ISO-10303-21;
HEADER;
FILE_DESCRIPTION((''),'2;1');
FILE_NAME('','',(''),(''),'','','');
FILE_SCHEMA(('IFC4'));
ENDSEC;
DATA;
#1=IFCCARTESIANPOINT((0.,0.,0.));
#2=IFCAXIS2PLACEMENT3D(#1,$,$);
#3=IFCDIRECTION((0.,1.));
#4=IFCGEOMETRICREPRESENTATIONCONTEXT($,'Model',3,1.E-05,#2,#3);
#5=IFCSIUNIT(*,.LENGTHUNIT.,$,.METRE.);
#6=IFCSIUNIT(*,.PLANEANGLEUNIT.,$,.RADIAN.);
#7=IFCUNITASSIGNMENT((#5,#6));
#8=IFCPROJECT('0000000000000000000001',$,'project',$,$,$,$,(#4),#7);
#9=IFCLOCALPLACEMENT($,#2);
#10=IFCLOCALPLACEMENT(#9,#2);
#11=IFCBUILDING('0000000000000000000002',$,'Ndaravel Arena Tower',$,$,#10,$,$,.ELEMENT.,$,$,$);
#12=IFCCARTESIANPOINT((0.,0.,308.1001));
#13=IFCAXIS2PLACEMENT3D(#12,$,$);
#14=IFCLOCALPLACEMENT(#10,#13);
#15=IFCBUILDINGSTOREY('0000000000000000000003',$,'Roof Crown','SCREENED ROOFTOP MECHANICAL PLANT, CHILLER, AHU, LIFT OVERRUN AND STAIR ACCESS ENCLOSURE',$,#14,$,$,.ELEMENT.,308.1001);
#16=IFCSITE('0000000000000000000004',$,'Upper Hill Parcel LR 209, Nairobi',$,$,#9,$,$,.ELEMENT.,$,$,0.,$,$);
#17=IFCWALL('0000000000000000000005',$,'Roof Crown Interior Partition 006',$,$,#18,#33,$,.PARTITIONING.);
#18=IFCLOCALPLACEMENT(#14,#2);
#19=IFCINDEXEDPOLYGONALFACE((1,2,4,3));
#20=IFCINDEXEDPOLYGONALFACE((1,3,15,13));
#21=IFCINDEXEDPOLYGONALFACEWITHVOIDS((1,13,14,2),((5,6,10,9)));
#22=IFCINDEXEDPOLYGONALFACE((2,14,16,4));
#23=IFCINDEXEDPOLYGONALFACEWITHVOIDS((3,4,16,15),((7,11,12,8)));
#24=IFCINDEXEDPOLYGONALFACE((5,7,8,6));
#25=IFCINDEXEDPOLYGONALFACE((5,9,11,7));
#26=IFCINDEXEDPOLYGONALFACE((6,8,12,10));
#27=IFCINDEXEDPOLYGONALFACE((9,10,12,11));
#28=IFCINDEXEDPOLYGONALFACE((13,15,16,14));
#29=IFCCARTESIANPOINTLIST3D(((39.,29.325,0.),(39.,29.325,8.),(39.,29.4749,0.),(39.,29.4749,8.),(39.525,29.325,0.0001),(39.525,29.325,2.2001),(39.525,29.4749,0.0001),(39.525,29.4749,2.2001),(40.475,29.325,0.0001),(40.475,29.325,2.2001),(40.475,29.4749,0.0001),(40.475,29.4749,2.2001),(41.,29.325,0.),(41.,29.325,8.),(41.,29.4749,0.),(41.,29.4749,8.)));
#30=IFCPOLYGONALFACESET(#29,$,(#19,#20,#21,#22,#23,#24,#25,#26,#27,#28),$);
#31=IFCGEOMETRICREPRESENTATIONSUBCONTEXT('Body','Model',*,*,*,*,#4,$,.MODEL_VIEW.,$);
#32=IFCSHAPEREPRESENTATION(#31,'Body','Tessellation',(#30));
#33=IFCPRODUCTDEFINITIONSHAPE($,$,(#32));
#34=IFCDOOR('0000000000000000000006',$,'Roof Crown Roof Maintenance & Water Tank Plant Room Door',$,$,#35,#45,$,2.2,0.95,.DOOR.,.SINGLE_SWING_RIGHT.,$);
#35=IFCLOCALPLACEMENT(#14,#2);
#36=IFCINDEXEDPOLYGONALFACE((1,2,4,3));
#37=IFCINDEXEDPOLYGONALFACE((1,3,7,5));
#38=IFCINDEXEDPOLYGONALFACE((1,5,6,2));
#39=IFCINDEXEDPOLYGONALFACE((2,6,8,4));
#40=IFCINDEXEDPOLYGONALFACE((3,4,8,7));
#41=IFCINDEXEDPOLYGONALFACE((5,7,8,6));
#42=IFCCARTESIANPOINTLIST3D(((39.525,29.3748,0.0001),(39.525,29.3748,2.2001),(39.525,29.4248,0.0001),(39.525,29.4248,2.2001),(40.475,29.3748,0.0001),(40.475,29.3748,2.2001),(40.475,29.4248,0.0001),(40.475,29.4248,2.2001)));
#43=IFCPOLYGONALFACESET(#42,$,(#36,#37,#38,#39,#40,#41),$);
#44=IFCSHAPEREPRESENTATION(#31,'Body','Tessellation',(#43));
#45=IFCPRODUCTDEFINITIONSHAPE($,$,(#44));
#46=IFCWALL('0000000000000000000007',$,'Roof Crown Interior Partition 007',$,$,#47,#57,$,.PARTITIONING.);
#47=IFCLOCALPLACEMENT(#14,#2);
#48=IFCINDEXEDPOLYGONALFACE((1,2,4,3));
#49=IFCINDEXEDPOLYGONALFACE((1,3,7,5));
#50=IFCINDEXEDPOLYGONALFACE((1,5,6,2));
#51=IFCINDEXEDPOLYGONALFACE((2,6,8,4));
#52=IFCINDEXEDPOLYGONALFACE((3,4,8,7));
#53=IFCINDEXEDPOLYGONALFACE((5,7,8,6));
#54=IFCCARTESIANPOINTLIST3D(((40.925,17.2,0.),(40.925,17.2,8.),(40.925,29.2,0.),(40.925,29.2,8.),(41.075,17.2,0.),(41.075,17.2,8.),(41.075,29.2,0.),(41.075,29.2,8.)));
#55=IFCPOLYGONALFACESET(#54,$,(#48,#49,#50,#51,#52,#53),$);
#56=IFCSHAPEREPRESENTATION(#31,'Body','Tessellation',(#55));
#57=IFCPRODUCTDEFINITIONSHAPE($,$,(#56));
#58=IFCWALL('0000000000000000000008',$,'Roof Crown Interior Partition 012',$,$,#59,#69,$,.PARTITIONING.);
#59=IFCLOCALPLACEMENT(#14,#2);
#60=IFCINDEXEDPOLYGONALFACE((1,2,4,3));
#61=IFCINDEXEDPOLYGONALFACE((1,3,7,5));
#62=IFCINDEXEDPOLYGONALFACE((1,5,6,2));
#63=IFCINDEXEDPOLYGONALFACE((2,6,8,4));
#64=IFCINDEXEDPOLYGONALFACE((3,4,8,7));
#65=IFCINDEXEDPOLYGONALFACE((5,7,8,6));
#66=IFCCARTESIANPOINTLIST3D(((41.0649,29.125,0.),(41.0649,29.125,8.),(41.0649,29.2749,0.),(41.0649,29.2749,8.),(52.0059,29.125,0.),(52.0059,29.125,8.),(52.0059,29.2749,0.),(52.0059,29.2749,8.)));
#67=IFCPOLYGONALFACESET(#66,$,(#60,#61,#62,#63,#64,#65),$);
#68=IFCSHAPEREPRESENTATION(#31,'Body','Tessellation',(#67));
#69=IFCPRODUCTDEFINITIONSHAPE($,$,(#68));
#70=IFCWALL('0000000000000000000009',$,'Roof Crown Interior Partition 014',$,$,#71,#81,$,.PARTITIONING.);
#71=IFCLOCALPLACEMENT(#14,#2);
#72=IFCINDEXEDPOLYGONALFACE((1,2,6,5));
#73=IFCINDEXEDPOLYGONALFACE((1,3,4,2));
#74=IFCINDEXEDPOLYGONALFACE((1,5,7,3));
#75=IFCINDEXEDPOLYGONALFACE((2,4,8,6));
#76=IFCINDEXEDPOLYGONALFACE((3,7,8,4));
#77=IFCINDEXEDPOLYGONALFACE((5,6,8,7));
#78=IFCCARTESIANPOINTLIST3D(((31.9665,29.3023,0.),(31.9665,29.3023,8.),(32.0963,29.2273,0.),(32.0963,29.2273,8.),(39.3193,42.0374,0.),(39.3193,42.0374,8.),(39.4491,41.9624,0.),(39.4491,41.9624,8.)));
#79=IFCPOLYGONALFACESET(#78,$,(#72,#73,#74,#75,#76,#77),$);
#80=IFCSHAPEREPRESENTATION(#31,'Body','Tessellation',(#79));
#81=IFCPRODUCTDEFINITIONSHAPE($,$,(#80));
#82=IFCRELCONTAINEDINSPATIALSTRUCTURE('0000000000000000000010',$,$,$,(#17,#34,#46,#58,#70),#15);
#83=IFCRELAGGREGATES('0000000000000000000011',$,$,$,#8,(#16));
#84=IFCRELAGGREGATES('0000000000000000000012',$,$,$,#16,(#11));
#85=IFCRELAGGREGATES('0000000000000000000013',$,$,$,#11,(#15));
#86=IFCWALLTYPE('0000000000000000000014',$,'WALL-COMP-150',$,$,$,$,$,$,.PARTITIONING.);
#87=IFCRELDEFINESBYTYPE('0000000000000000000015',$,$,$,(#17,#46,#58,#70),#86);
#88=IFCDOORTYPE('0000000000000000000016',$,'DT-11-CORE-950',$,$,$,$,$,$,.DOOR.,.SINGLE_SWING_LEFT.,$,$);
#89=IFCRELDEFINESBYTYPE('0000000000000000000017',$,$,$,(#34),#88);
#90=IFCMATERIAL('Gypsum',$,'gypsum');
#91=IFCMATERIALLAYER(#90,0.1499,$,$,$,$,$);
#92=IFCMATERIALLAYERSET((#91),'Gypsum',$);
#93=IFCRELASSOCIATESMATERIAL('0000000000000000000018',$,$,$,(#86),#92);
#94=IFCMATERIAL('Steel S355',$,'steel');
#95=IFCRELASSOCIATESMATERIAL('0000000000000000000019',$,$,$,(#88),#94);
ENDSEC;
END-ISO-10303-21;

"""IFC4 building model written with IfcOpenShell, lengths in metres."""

from ifc_helpers import new_model, si_unit, direction, frame, frame_2d, origin, place, context, subcontext, project, spatial, rectangle, extrude, material, layer, layer_set, type_object, element, fill, save


model = new_model("IFC4")

# Units and contexts
model_context = context("Model", 3, precision=1e-05, world=origin(), true_north=direction((0.0, 1.0)))
body_context = subcontext(model_context, "Body", "Model", "MODEL_VIEW")
ifc_project = project(units=[si_unit("LENGTHUNIT", "METRE"), si_unit("PLANEANGLEUNIT", "RADIAN")], contexts=[model_context])

# Site, building, storey
site_placement = place(None, origin())
site = spatial("IfcSite", under=ifc_project, at=site_placement, Name="Upper Hill Parcel LR 209, Nairobi", CompositionType="ELEMENT", RefElevation=0.0)
building_placement = place(site_placement, origin())
building = spatial("IfcBuilding", under=site, at=building_placement, Name="Ndaravel Arena Tower", CompositionType="ELEMENT")
storey_placement = place(building_placement, frame((0.0, 0.0, 308.1001)))
storey = spatial("IfcBuildingStorey", under=building, at=storey_placement, Name="Roof Crown", Description="SCREENED ROOFTOP MECHANICAL PLANT, CHILLER, AHU, LIFT OVERRUN AND STAIR ACCESS ENCLOSURE", CompositionType="ELEMENT", Elevation=308.1001)

# Wall, opening, door
ifc_material_1 = material(Name="Gypsum", Category="gypsum")
ifc_layer_1 = layer(ifc_material_1, 0.1499)
ifc_layer_set_1 = layer_set([ifc_layer_1], Name="Gypsum")
wall_type = type_object("IfcWallType", Name="WALL-COMP-150", PredefinedType="PARTITIONING", material=ifc_layer_set_1)
wall_1_placement = place(storey_placement, frame((39.0, 29.3999, 0.0), z_axis=(0.0, 0.0, 1.0), x_axis=(1.0, 0.0, 0.0)))
wall_1 = element("IfcWall", 1, at=wall_1_placement, inside=storey, type_object=wall_type, Name="Roof Crown Interior Partition 006", PredefinedType="PARTITIONING", context=body_context, shape_type="SweptSolid", body=[
    extrude(rectangle(XDim=2.0, YDim=0.1499, at=frame_2d((1.0, 0.0))), origin(), (0.0, 0.0, 1.0), 8.0),
])
opening_placement = place(wall_1_placement, frame((0.5249, 0.0, 0.0)))
opening = element("IfcOpeningElement", 2, at=opening_placement, cuts=wall_1, PredefinedType="OPENING", context=body_context, shape_type="SweptSolid", body=[
    extrude(rectangle(XDim=0.95, YDim=2.2, at=frame_2d((0.4751, 1.1001))), frame((0.0, 0.075, 0.0), z_axis=(0.0, -1.0, 0.0), x_axis=(1.0, 0.0, 0.0)), (0.0, 0.0, 1.0), 0.1499),
])
ifc_material_2 = material(Name="Steel S355", Category="steel")
door_type = type_object("IfcDoorType", Name="DT-11-CORE-950", OperationType="SINGLE_SWING_LEFT", PredefinedType="DOOR", material=ifc_material_2)
door_placement = place(opening_placement, origin())
door = element("IfcDoor", 3, at=door_placement, inside=storey, type_object=door_type, Name="Roof Crown Roof Maintenance & Water Tank Plant Room Door", OperationType="SINGLE_SWING_RIGHT", OverallHeight=2.2, OverallWidth=0.95, PredefinedType="DOOR", context=body_context, shape_type="SweptSolid", body=[
    extrude(rectangle(XDim=0.95, YDim=2.2, at=frame_2d((0.4751, 1.1001))), frame((0.0, 0.0249, 0.0), z_axis=(0.0, -1.0, 0.0), x_axis=(1.0, 0.0, 0.0)), (0.0, 0.0, 1.0), 0.05),
])
fill(opening, door)

# Walls
wall_2_placement = place(storey_placement, frame((41.0, 29.2, 0.0), z_axis=(0.0, 0.0, 1.0), x_axis=(0.0, -1.0, 0.0)))
element("IfcWall", 4, at=wall_2_placement, inside=storey, type_object=wall_type, Name="Roof Crown Interior Partition 007", PredefinedType="PARTITIONING", context=body_context, shape_type="SweptSolid", body=[
    extrude(rectangle(XDim=12.0, YDim=0.1499, at=frame_2d((6.0, 0.0))), origin(), (0.0, 0.0, 1.0), 8.0),
])
wall_3_placement = place(storey_placement, frame((41.0649, 29.2, 0.0), z_axis=(0.0, 0.0, 1.0), x_axis=(1.0, 0.0, 0.0)))
element("IfcWall", 5, at=wall_3_placement, inside=storey, type_object=wall_type, Name="Roof Crown Interior Partition 012", PredefinedType="PARTITIONING", context=body_context, shape_type="SweptSolid", body=[
    extrude(rectangle(XDim=10.9409, YDim=0.1499, at=frame_2d((5.4705, 0.0))), origin(), (0.0, 0.0, 1.0), 8.0),
])
wall_4_placement = place(storey_placement, frame((32.0315, 29.2649, 0.0), z_axis=(0.0, 0.0, 1.0), x_axis=(0.500008, 0.866021, 0.0)))
element("IfcWall", 6, at=wall_4_placement, inside=storey, type_object=wall_type, Name="Roof Crown Interior Partition 014", PredefinedType="PARTITIONING", context=body_context, shape_type="SweptSolid", body=[
    extrude(rectangle(XDim=14.7053, YDim=0.1499, at=frame_2d((7.3525, 0.0))), origin(), (0.0, 0.0, 1.0), 8.0),
])

save(model, "model.ifc")
